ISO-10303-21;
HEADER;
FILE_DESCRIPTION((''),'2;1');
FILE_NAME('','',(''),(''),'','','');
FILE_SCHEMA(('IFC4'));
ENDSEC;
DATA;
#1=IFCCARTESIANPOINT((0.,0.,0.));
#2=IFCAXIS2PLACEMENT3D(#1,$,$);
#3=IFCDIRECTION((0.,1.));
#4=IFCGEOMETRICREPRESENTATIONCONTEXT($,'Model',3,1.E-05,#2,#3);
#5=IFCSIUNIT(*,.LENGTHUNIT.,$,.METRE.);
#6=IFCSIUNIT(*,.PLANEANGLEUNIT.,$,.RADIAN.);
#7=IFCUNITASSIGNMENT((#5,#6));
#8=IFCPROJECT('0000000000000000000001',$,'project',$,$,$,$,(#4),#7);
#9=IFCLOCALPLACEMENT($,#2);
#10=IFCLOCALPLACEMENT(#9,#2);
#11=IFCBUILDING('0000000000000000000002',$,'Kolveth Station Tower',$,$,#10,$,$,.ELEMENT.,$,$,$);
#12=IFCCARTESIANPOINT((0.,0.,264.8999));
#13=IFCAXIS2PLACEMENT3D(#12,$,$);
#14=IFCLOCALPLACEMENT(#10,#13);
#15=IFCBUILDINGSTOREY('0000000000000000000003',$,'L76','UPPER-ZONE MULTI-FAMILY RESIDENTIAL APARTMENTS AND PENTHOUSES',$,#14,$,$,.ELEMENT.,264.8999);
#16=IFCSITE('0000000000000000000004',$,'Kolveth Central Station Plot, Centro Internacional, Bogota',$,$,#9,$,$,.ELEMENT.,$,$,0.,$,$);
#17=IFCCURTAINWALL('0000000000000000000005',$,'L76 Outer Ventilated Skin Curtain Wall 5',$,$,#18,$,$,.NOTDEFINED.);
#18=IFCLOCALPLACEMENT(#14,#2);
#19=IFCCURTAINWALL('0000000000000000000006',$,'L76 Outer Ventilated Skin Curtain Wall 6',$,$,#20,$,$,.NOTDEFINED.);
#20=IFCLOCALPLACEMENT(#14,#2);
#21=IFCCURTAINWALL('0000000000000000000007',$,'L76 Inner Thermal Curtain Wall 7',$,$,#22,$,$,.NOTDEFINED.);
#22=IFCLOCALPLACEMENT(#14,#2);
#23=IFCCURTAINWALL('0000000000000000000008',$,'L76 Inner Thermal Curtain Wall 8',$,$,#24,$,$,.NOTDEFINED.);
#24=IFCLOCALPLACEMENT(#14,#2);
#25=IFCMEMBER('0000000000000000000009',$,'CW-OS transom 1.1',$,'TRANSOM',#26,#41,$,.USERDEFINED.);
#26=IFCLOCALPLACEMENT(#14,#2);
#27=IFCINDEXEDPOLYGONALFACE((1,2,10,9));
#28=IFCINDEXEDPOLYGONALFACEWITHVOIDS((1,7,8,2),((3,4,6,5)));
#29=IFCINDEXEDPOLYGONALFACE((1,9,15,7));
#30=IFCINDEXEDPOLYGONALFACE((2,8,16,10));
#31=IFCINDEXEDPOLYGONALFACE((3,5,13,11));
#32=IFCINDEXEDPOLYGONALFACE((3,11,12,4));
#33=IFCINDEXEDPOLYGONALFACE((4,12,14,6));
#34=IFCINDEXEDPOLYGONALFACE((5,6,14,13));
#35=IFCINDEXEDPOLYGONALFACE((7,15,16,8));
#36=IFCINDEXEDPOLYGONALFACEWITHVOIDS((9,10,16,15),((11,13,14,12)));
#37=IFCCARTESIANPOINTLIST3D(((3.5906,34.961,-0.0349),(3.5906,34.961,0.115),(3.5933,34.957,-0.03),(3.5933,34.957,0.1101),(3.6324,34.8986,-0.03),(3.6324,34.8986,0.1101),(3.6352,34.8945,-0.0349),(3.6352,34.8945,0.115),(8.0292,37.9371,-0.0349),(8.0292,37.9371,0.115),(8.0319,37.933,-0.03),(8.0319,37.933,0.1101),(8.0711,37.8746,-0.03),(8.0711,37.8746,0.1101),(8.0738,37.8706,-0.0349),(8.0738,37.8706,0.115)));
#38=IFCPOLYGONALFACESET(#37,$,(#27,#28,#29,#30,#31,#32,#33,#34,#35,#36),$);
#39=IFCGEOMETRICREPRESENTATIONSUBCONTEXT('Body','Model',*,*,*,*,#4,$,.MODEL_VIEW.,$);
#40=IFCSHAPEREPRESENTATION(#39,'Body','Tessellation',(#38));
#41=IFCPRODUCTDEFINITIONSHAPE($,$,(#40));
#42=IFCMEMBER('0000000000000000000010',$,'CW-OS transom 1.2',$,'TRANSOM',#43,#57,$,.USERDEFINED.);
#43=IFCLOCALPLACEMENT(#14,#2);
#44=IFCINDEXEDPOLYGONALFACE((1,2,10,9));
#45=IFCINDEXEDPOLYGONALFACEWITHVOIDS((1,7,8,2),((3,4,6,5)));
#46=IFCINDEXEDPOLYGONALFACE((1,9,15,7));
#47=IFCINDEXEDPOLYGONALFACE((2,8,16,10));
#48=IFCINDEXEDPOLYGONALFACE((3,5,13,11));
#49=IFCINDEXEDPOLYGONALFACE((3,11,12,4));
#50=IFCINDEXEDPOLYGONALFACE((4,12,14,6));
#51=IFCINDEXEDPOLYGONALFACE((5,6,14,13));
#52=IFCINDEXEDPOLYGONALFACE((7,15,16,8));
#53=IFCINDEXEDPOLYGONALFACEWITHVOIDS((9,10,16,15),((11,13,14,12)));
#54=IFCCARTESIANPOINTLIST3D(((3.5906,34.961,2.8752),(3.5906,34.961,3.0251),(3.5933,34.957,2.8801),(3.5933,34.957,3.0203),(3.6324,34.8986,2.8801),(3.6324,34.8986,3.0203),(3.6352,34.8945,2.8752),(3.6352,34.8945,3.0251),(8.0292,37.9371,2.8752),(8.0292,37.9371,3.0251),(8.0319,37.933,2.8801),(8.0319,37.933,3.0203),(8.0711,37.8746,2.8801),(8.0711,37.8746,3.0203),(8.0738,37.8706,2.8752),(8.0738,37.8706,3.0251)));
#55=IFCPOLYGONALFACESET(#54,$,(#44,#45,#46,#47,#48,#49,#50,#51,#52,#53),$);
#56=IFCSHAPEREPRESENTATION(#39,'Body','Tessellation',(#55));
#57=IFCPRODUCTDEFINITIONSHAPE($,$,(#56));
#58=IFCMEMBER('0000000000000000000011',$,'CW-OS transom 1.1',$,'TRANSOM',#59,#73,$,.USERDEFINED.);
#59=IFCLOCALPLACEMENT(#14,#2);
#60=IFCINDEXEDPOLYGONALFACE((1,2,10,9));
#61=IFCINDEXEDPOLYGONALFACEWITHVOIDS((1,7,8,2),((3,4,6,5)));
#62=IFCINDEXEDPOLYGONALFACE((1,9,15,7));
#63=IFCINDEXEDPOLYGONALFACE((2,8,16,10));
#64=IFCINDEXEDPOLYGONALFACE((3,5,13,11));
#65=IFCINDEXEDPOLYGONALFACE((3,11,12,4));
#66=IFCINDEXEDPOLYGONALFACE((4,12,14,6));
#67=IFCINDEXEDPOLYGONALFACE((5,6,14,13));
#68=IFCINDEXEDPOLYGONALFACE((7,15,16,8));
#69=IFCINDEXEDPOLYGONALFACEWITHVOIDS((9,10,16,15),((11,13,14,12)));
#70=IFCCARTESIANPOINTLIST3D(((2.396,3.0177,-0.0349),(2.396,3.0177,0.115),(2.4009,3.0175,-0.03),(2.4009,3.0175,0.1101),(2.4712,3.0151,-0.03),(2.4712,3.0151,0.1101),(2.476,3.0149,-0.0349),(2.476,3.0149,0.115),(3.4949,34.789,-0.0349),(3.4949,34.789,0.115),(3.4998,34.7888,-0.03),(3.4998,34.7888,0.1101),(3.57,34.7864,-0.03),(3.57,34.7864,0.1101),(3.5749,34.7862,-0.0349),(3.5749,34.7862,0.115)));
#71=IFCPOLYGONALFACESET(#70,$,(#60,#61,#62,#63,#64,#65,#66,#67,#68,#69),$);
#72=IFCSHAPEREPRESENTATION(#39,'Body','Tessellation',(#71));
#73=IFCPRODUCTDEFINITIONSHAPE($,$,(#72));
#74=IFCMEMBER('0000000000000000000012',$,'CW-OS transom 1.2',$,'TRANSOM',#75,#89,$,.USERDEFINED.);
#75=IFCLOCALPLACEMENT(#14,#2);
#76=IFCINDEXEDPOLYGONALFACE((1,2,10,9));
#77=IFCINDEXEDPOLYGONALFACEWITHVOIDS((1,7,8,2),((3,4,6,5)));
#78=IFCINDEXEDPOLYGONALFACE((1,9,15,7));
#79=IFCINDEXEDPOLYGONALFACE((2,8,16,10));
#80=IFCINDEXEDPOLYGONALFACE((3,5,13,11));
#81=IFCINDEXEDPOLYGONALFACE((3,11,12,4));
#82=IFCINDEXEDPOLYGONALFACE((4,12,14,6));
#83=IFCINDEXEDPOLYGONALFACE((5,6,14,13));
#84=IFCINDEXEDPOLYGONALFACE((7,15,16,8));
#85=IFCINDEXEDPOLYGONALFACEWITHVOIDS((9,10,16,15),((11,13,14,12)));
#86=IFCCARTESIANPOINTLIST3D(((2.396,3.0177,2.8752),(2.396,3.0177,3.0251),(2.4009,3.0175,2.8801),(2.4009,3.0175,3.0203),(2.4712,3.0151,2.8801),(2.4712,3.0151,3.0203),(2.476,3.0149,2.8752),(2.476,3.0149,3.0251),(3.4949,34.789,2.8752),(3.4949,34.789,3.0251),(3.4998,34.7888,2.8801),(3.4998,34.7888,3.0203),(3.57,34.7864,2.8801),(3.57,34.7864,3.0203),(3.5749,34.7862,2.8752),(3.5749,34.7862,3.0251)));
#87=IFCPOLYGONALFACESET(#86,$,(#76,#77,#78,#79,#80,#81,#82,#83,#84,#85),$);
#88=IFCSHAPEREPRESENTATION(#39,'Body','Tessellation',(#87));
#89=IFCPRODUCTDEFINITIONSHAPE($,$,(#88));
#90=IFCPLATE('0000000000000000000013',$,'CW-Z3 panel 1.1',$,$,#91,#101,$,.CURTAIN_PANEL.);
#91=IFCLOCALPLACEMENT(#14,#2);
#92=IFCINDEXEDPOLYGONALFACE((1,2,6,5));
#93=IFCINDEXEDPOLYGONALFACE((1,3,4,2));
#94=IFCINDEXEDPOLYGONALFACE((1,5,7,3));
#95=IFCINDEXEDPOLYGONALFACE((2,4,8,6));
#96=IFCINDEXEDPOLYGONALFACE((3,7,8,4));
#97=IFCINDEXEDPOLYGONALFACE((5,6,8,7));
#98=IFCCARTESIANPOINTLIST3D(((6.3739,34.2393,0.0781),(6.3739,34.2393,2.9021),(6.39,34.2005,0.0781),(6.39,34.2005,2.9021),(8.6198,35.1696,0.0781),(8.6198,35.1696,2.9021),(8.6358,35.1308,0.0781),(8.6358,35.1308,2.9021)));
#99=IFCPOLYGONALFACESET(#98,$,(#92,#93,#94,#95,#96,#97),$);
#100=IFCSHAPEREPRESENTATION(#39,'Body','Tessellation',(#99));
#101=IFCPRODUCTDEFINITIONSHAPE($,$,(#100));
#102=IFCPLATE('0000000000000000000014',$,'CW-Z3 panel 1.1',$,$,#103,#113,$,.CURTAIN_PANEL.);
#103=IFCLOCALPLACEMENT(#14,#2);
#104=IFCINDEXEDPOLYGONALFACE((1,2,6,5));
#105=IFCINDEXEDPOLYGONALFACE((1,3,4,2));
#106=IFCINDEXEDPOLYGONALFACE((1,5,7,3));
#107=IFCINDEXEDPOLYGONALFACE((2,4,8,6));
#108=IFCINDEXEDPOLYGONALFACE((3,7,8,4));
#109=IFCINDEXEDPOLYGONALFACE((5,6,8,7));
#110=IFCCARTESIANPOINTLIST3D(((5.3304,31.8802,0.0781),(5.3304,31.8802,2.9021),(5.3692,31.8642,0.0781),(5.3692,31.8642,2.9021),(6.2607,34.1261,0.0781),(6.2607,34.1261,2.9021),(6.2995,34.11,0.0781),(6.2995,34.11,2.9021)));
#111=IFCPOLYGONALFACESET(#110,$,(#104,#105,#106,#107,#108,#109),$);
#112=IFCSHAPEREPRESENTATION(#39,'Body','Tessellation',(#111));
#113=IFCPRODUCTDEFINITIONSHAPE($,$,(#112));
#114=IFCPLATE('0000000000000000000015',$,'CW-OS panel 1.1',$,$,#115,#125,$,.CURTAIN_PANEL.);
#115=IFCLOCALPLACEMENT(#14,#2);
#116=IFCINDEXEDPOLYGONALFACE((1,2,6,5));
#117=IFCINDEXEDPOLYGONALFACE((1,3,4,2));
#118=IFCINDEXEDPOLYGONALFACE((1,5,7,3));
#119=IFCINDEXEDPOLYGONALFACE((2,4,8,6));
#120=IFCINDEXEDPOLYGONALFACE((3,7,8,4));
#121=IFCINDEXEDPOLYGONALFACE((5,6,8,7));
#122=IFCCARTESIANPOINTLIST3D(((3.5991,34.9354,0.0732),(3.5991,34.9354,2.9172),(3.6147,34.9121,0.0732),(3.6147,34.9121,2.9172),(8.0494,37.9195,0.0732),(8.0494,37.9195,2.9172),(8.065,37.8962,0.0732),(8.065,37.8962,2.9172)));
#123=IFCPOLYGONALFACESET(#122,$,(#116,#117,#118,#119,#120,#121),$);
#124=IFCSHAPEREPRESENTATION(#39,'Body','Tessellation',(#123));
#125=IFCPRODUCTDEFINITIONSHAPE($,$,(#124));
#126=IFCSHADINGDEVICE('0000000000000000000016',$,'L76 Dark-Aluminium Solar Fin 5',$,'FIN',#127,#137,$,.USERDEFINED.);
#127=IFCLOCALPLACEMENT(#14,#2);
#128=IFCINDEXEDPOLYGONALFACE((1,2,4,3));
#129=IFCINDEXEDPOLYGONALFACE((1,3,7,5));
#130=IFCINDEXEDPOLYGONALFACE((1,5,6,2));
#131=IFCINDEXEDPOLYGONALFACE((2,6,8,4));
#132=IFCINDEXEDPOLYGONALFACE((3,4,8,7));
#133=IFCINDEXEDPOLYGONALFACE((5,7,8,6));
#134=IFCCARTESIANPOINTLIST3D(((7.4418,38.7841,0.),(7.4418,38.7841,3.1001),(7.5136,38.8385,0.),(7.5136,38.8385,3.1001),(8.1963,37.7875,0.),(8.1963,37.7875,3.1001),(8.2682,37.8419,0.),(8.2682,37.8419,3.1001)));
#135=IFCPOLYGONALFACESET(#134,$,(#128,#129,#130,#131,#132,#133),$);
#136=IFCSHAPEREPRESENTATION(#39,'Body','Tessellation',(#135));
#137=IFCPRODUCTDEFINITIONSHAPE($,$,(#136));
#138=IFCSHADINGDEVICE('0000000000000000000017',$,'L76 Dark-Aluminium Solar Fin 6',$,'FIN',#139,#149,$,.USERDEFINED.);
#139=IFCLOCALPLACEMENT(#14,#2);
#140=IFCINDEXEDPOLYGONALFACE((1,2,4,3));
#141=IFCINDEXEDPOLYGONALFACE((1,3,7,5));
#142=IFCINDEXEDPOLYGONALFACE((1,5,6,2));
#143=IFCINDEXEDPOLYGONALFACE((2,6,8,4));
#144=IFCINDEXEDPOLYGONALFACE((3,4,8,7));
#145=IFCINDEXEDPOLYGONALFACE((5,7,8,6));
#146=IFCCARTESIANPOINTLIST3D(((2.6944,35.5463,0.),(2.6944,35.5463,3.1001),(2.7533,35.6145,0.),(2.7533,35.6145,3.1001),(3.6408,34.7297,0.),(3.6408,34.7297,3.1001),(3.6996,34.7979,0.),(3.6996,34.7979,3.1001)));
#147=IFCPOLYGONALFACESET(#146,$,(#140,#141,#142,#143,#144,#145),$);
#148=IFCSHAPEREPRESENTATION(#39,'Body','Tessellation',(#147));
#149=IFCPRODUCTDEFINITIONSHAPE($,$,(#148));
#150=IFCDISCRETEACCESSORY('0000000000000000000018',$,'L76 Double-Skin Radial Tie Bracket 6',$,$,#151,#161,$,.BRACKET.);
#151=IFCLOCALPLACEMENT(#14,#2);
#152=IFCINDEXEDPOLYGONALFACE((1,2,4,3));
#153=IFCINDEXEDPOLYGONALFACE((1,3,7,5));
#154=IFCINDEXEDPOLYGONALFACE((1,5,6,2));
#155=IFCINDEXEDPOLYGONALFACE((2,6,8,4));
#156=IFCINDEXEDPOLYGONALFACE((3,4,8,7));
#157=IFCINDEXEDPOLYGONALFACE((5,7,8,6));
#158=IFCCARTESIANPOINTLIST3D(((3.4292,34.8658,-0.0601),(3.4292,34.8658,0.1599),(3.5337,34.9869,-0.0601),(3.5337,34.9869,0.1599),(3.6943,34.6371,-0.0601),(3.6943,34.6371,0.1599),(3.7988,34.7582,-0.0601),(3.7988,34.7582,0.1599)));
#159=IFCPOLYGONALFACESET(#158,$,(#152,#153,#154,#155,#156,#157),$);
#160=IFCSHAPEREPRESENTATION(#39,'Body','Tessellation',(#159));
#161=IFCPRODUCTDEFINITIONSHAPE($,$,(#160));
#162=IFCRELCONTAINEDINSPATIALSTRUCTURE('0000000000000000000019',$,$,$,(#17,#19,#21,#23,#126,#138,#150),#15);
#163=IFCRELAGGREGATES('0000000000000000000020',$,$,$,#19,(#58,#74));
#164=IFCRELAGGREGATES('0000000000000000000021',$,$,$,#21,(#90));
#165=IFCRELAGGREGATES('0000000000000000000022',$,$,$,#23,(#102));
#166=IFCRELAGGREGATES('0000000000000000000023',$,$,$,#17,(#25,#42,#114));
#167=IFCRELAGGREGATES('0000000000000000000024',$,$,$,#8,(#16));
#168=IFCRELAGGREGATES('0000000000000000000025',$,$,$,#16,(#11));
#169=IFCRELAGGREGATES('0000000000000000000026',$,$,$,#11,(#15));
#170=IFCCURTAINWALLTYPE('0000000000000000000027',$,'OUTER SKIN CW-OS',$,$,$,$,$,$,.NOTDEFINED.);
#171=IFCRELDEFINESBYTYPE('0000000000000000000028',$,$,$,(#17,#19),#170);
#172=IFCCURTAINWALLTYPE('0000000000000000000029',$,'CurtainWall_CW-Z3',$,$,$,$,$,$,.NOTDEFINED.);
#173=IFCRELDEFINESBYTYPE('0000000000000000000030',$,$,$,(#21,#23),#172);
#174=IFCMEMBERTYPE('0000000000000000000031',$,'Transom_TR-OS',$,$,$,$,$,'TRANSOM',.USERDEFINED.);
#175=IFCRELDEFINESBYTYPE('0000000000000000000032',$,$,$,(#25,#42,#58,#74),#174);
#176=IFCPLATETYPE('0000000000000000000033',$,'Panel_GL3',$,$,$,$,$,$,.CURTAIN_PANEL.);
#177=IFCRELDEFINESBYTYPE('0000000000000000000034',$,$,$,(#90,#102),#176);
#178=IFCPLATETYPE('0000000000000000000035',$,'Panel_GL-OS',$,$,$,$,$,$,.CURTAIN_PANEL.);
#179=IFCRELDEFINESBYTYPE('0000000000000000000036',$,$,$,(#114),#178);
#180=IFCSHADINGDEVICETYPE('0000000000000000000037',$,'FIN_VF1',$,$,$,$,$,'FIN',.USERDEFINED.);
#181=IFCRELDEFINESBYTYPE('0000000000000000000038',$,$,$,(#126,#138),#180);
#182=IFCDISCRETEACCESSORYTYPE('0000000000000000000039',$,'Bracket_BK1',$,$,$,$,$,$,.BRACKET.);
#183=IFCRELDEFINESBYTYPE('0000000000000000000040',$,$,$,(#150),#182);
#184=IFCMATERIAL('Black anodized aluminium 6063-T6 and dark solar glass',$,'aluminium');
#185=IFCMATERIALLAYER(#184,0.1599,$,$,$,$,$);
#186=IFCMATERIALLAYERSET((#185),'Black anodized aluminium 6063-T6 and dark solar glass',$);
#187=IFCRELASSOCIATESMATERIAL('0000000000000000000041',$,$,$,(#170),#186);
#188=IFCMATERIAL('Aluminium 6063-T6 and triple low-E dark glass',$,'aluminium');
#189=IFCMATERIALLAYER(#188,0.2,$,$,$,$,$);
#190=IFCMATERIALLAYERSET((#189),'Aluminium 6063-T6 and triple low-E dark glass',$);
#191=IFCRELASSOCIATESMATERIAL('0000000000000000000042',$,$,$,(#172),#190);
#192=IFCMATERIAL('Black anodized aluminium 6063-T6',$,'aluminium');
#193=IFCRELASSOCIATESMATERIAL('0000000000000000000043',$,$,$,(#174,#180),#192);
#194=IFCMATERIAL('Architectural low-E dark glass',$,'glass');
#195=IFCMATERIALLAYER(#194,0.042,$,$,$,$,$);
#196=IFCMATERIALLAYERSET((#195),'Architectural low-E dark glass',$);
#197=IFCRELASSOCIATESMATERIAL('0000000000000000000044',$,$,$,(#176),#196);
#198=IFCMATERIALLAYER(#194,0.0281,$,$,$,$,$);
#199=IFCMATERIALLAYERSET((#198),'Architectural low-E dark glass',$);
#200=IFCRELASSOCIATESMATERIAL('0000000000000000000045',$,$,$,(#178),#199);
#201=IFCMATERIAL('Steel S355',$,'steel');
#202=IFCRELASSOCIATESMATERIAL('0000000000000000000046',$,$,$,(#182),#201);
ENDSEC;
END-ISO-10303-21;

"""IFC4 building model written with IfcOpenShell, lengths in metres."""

from ifc_helpers import new_model, si_unit, direction, frame, origin, origin_2d, place, context, subcontext, project, spatial, rectangle, hollow_rectangle, extrude, source, transform, mapped, material, layer, layer_set, material_profile, profile_set, type_object, element, aggregate, save


model = new_model("IFC4")

# Units and contexts
model_context = context("Model", 3, precision=1e-05, world=origin(), true_north=direction((0.0, 1.0)))
body_context = subcontext(model_context, "Body", "Model", "MODEL_VIEW")
ifc_project = project(units=[si_unit("LENGTHUNIT", "METRE"), si_unit("PLANEANGLEUNIT", "RADIAN")], contexts=[model_context])

# Site, building, storey
site_placement = place(None, origin())
site = spatial("IfcSite", under=ifc_project, at=site_placement, Name="Kolveth Central Station Plot, Centro Internacional, Bogota", CompositionType="ELEMENT", RefElevation=0.0)
building_placement = place(site_placement, origin())
building = spatial("IfcBuilding", under=site, at=building_placement, Name="Kolveth Station Tower", CompositionType="ELEMENT")
storey_placement = place(building_placement, frame((0.0, 0.0, 264.8999)))
storey = spatial("IfcBuildingStorey", under=building, at=storey_placement, Name="L76", Description="UPPER-ZONE MULTI-FAMILY RESIDENTIAL APARTMENTS AND PENTHOUSES", CompositionType="ELEMENT", Elevation=264.8999)

# Curtain walls
ifc_material_1 = material(Name="Black anodized aluminium 6063-T6 and dark solar glass", Category="aluminium")
ifc_layer_1 = layer(ifc_material_1, 0.1599)
ifc_layer_set_1 = layer_set([ifc_layer_1], Name="Black anodized aluminium 6063-T6 and dark solar glass")
curtain_wall_type_1 = type_object("IfcCurtainWallType", Name="OUTER SKIN CW-OS", PredefinedType="NOTDEFINED", material=ifc_layer_set_1)
curtain_wall_1_placement = place(storey_placement, origin())
curtain_wall_1 = element("IfcCurtainWall", 1, at=curtain_wall_1_placement, inside=storey, type_object=curtain_wall_type_1, Name="L76 Outer Ventilated Skin Curtain Wall 5", PredefinedType="NOTDEFINED")
ifc_material_2 = material(Name="Black anodized aluminium 6063-T6", Category="aluminium")
curtain_wall_2_placement = place(storey_placement, origin())
curtain_wall_2 = element("IfcCurtainWall", 2, at=curtain_wall_2_placement, inside=storey, type_object=curtain_wall_type_1, Name="L76 Outer Ventilated Skin Curtain Wall 6", PredefinedType="NOTDEFINED")
ifc_material_3 = material(Name="Aluminium 6063-T6 and triple low-E dark glass", Category="aluminium")
ifc_layer_2 = layer(ifc_material_3, 0.2)
ifc_layer_set_2 = layer_set([ifc_layer_2], Name="Aluminium 6063-T6 and triple low-E dark glass")
curtain_wall_type_2 = type_object("IfcCurtainWallType", Name="CurtainWall_CW-Z3", PredefinedType="NOTDEFINED", material=ifc_layer_set_2)
curtain_wall_3_placement = place(storey_placement, origin())
curtain_wall_3 = element("IfcCurtainWall", 3, at=curtain_wall_3_placement, inside=storey, type_object=curtain_wall_type_2, Name="L76 Inner Thermal Curtain Wall 7", PredefinedType="NOTDEFINED")

# Curtain wall
curtain_wall_4_placement = place(storey_placement, origin())
curtain_wall_4 = element("IfcCurtainWall", 4, at=curtain_wall_4_placement, inside=storey, type_object=curtain_wall_type_2, Name="L76 Inner Thermal Curtain Wall 8", PredefinedType="NOTDEFINED")

# Members
ifc_material_profile_1 = material_profile(ifc_material_2, hollow_rectangle(XDim=0.0801, YDim=0.1499, WallThickness=0.0049, at=origin_2d()), Name="ALU-80x150x5")
ifc_profile_set_1 = profile_set([ifc_material_profile_1], Name="Black anodized aluminium 6063-T6")
member_type_1 = type_object("IfcMemberType", Name="Transom_TR-OS", ElementType="TRANSOM", PredefinedType="USERDEFINED", material=ifc_profile_set_1)
shared_shape_1 = source(origin(), body_context, "Body", "SweptSolid", [
    extrude(hollow_rectangle(XDim=0.0801, YDim=0.1499, WallThickness=0.0049, at=origin_2d()), origin(), (0.0, 0.0, 1.0), 5.344),
])
member_1_placement = place(storey_placement, frame((8.0515, 37.9038, 0.04), z_axis=(-0.830586, -0.556891, 0.0), x_axis=(0.556891, -0.830586, 0.0)))
member_1 = element("IfcMember", 5, at=member_1_placement, type_object=member_type_1, Name="CW-OS transom 1.1", ObjectType="TRANSOM", PredefinedType="USERDEFINED", context=body_context, shape_type="MappedRepresentation", body=[
    mapped(shared_shape_1, transform((0.0, 0.0, 0.0), x_axis=(1.0, 0.0, 0.0), y_axis=(0.0, 1.0, 0.0), z_axis=(0.0, 0.0, 1.0), scale=1.0)),
])
member_2_placement = place(storey_placement, frame((8.0515, 37.9038, 2.9502), z_axis=(-0.830586, -0.556891, 0.0), x_axis=(0.556891, -0.830586, 0.0)))
member_2 = element("IfcMember", 6, at=member_2_placement, type_object=member_type_1, Name="CW-OS transom 1.2", ObjectType="TRANSOM", PredefinedType="USERDEFINED", context=body_context, shape_type="MappedRepresentation", body=[
    mapped(shared_shape_1, transform((0.0, 0.0, 0.0), x_axis=(1.0, 0.0, 0.0), y_axis=(0.0, 1.0, 0.0), z_axis=(0.0, 0.0, 1.0), scale=1.0)),
])
shared_shape_2 = source(origin(), body_context, "Body", "SweptSolid", [
    extrude(hollow_rectangle(XDim=0.0801, YDim=0.1499, WallThickness=0.0049, at=origin_2d()), origin(), (0.0, 0.0, 1.0), 31.7903),
])
member_3_placement = place(storey_placement, frame((3.5349, 34.7876, 0.04), z_axis=(-0.034566, -0.999402, 0.0), x_axis=(0.999402, -0.034566, 0.0)))
member_3 = element("IfcMember", 7, at=member_3_placement, type_object=member_type_1, Name="CW-OS transom 1.1", ObjectType="TRANSOM", PredefinedType="USERDEFINED", context=body_context, shape_type="MappedRepresentation", body=[
    mapped(shared_shape_2, transform((0.0, 0.0, 0.0), x_axis=(1.0, 0.0, 0.0), y_axis=(0.0, 1.0, 0.0), z_axis=(0.0, 0.0, 1.0), scale=1.0)),
])
member_4_placement = place(storey_placement, frame((3.5349, 34.7876, 2.9502), z_axis=(-0.034566, -0.999402, 0.0), x_axis=(0.999402, -0.034566, 0.0)))
member_4 = element("IfcMember", 8, at=member_4_placement, type_object=member_type_1, Name="CW-OS transom 1.2", ObjectType="TRANSOM", PredefinedType="USERDEFINED", context=body_context, shape_type="MappedRepresentation", body=[
    mapped(shared_shape_2, transform((0.0, 0.0, 0.0), x_axis=(1.0, 0.0, 0.0), y_axis=(0.0, 1.0, 0.0), z_axis=(0.0, 0.0, 1.0), scale=1.0)),
])
aggregate(curtain_wall_2, [member_3, member_4])

# Plates
ifc_material_4 = material(Name="Architectural low-E dark glass", Category="glass")
ifc_layer_3 = layer(ifc_material_4, 0.042)
ifc_layer_set_3 = layer_set([ifc_layer_3], Name="Architectural low-E dark glass")
plate_type_1 = type_object("IfcPlateType", Name="Panel_GL3", PredefinedType="CURTAIN_PANEL", material=ifc_layer_set_3)
shared_shape_3 = source(origin(), body_context, "Body", "SweptSolid", [
    extrude(rectangle(XDim=2.4309, YDim=0.042, at=origin_2d()), origin(), (0.0, 0.0, 1.0), 2.824),
])
plate_1_placement = place(storey_placement, frame((7.5049, 34.6851, 0.0781), z_axis=(0.0, 0.0, 1.0), x_axis=(-0.923875, -0.382693, 0.0)))
plate_1 = element("IfcPlate", 9, at=plate_1_placement, type_object=plate_type_1, Name="CW-Z3 panel 1.1", PredefinedType="CURTAIN_PANEL", context=body_context, shape_type="MappedRepresentation", body=[
    mapped(shared_shape_3, transform((0.0, 0.0, 0.0), x_axis=(1.0, 0.0, 0.0), y_axis=(0.0, 1.0, 0.0), z_axis=(0.0, 0.0, 1.0), scale=1.0)),
])
aggregate(curtain_wall_3, [plate_1])
plate_2_placement = place(storey_placement, frame((5.8149, 32.9951, 0.0781), z_axis=(0.0, 0.0, 1.0), x_axis=(-0.382693, -0.923875, 0.0)))
plate_2 = element("IfcPlate", 10, at=plate_2_placement, type_object=plate_type_1, Name="CW-Z3 panel 1.1", PredefinedType="CURTAIN_PANEL", context=body_context, shape_type="MappedRepresentation", body=[
    mapped(shared_shape_3, transform((0.0, 0.0, 0.0), x_axis=(1.0, 0.0, 0.0), y_axis=(0.0, 1.0, 0.0), z_axis=(0.0, 0.0, 1.0), scale=1.0)),
])
aggregate(curtain_wall_4, [plate_2])
ifc_layer_4 = layer(ifc_material_4, 0.0281)
ifc_layer_set_4 = layer_set([ifc_layer_4], Name="Architectural low-E dark glass")
plate_type_2 = type_object("IfcPlateType", Name="Panel_GL-OS", PredefinedType="CURTAIN_PANEL", material=ifc_layer_set_4)
shared_shape_4 = source(origin(), body_context, "Body", "SweptSolid", [
    extrude(rectangle(XDim=5.3582, YDim=0.0281, at=origin_2d()), origin(), (0.0, 0.0, 1.0), 2.844),
])
plate_3_placement = place(storey_placement, frame((5.832, 36.4158, 0.0732), z_axis=(0.0, 0.0, 1.0), x_axis=(-0.830563, -0.556925, 0.0)))
plate_3 = element("IfcPlate", 11, at=plate_3_placement, type_object=plate_type_2, Name="CW-OS panel 1.1", PredefinedType="CURTAIN_PANEL", context=body_context, shape_type="MappedRepresentation", body=[
    mapped(shared_shape_4, transform((0.0, 0.0, 0.0), x_axis=(1.0, 0.0, 0.0), y_axis=(0.0, 1.0, 0.0), z_axis=(0.0, 0.0, 1.0), scale=1.0)),
])
aggregate(curtain_wall_1, [member_1, member_2, plate_3])

# Shading devices
shading_device_type = type_object("IfcShadingDeviceType", Name="FIN_VF1", ElementType="FIN", PredefinedType="USERDEFINED", material=ifc_material_2)
shared_shape_5 = source(origin(), body_context, "Body", "SweptSolid", [
    extrude(rectangle(XDim=1.25, YDim=0.0901, at=origin_2d()), origin(), (0.0, 0.0, 1.0), 3.1001),
])
for number, where, z_axis, x_axis, name in (
    (12, (7.855, 38.313, 0.0), (0.0, 0.0, 1.0), (-0.603626, 0.797268, 0.0), "L76 Dark-Aluminium Solar Fin 5"),
    (13, (3.197, 35.1721, 0.0), (0.0, 0.0, 1.0), (-0.757109, 0.653288, 0.0), "L76 Dark-Aluminium Solar Fin 6"),
):
    element("IfcShadingDevice", number, at=place(storey_placement, frame(where, z_axis=z_axis, x_axis=x_axis)), inside=storey, type_object=shading_device_type, Name=name, ObjectType="FIN", PredefinedType="USERDEFINED", context=body_context, shape_type="MappedRepresentation", body=[
        mapped(shared_shape_5, transform((0.0, 0.0, 0.0), x_axis=(1.0, 0.0, 0.0), y_axis=(0.0, 1.0, 0.0), z_axis=(0.0, 0.0, 1.0), scale=1.0)),
    ])

# Discrete accessory
ifc_material_5 = material(Name="Steel S355", Category="steel")
discrete_accessory_type = type_object("IfcDiscreteAccessoryType", Name="Bracket_BK1", PredefinedType="BRACKET", material=ifc_material_5)
shared_shape_6 = source(origin(), body_context, "Body", "SweptSolid", [
    extrude(rectangle(XDim=0.3501, YDim=0.1599, at=origin_2d()), origin(), (0.0, 0.0, 1.0), 0.22),
])
discrete_accessory_placement = place(storey_placement, frame((3.614, 34.812, -0.0601), z_axis=(0.0, 0.0, 1.0), x_axis=(-0.757109, 0.653288, 0.0)))
element("IfcDiscreteAccessory", 14, at=discrete_accessory_placement, inside=storey, type_object=discrete_accessory_type, Name="L76 Double-Skin Radial Tie Bracket 6", PredefinedType="BRACKET", context=body_context, shape_type="MappedRepresentation", body=[
    mapped(shared_shape_6, transform((0.0, 0.0, 0.0), x_axis=(1.0, 0.0, 0.0), y_axis=(0.0, 1.0, 0.0), z_axis=(0.0, 0.0, 1.0), scale=1.0)),
])

save(model, "model.ifc")
